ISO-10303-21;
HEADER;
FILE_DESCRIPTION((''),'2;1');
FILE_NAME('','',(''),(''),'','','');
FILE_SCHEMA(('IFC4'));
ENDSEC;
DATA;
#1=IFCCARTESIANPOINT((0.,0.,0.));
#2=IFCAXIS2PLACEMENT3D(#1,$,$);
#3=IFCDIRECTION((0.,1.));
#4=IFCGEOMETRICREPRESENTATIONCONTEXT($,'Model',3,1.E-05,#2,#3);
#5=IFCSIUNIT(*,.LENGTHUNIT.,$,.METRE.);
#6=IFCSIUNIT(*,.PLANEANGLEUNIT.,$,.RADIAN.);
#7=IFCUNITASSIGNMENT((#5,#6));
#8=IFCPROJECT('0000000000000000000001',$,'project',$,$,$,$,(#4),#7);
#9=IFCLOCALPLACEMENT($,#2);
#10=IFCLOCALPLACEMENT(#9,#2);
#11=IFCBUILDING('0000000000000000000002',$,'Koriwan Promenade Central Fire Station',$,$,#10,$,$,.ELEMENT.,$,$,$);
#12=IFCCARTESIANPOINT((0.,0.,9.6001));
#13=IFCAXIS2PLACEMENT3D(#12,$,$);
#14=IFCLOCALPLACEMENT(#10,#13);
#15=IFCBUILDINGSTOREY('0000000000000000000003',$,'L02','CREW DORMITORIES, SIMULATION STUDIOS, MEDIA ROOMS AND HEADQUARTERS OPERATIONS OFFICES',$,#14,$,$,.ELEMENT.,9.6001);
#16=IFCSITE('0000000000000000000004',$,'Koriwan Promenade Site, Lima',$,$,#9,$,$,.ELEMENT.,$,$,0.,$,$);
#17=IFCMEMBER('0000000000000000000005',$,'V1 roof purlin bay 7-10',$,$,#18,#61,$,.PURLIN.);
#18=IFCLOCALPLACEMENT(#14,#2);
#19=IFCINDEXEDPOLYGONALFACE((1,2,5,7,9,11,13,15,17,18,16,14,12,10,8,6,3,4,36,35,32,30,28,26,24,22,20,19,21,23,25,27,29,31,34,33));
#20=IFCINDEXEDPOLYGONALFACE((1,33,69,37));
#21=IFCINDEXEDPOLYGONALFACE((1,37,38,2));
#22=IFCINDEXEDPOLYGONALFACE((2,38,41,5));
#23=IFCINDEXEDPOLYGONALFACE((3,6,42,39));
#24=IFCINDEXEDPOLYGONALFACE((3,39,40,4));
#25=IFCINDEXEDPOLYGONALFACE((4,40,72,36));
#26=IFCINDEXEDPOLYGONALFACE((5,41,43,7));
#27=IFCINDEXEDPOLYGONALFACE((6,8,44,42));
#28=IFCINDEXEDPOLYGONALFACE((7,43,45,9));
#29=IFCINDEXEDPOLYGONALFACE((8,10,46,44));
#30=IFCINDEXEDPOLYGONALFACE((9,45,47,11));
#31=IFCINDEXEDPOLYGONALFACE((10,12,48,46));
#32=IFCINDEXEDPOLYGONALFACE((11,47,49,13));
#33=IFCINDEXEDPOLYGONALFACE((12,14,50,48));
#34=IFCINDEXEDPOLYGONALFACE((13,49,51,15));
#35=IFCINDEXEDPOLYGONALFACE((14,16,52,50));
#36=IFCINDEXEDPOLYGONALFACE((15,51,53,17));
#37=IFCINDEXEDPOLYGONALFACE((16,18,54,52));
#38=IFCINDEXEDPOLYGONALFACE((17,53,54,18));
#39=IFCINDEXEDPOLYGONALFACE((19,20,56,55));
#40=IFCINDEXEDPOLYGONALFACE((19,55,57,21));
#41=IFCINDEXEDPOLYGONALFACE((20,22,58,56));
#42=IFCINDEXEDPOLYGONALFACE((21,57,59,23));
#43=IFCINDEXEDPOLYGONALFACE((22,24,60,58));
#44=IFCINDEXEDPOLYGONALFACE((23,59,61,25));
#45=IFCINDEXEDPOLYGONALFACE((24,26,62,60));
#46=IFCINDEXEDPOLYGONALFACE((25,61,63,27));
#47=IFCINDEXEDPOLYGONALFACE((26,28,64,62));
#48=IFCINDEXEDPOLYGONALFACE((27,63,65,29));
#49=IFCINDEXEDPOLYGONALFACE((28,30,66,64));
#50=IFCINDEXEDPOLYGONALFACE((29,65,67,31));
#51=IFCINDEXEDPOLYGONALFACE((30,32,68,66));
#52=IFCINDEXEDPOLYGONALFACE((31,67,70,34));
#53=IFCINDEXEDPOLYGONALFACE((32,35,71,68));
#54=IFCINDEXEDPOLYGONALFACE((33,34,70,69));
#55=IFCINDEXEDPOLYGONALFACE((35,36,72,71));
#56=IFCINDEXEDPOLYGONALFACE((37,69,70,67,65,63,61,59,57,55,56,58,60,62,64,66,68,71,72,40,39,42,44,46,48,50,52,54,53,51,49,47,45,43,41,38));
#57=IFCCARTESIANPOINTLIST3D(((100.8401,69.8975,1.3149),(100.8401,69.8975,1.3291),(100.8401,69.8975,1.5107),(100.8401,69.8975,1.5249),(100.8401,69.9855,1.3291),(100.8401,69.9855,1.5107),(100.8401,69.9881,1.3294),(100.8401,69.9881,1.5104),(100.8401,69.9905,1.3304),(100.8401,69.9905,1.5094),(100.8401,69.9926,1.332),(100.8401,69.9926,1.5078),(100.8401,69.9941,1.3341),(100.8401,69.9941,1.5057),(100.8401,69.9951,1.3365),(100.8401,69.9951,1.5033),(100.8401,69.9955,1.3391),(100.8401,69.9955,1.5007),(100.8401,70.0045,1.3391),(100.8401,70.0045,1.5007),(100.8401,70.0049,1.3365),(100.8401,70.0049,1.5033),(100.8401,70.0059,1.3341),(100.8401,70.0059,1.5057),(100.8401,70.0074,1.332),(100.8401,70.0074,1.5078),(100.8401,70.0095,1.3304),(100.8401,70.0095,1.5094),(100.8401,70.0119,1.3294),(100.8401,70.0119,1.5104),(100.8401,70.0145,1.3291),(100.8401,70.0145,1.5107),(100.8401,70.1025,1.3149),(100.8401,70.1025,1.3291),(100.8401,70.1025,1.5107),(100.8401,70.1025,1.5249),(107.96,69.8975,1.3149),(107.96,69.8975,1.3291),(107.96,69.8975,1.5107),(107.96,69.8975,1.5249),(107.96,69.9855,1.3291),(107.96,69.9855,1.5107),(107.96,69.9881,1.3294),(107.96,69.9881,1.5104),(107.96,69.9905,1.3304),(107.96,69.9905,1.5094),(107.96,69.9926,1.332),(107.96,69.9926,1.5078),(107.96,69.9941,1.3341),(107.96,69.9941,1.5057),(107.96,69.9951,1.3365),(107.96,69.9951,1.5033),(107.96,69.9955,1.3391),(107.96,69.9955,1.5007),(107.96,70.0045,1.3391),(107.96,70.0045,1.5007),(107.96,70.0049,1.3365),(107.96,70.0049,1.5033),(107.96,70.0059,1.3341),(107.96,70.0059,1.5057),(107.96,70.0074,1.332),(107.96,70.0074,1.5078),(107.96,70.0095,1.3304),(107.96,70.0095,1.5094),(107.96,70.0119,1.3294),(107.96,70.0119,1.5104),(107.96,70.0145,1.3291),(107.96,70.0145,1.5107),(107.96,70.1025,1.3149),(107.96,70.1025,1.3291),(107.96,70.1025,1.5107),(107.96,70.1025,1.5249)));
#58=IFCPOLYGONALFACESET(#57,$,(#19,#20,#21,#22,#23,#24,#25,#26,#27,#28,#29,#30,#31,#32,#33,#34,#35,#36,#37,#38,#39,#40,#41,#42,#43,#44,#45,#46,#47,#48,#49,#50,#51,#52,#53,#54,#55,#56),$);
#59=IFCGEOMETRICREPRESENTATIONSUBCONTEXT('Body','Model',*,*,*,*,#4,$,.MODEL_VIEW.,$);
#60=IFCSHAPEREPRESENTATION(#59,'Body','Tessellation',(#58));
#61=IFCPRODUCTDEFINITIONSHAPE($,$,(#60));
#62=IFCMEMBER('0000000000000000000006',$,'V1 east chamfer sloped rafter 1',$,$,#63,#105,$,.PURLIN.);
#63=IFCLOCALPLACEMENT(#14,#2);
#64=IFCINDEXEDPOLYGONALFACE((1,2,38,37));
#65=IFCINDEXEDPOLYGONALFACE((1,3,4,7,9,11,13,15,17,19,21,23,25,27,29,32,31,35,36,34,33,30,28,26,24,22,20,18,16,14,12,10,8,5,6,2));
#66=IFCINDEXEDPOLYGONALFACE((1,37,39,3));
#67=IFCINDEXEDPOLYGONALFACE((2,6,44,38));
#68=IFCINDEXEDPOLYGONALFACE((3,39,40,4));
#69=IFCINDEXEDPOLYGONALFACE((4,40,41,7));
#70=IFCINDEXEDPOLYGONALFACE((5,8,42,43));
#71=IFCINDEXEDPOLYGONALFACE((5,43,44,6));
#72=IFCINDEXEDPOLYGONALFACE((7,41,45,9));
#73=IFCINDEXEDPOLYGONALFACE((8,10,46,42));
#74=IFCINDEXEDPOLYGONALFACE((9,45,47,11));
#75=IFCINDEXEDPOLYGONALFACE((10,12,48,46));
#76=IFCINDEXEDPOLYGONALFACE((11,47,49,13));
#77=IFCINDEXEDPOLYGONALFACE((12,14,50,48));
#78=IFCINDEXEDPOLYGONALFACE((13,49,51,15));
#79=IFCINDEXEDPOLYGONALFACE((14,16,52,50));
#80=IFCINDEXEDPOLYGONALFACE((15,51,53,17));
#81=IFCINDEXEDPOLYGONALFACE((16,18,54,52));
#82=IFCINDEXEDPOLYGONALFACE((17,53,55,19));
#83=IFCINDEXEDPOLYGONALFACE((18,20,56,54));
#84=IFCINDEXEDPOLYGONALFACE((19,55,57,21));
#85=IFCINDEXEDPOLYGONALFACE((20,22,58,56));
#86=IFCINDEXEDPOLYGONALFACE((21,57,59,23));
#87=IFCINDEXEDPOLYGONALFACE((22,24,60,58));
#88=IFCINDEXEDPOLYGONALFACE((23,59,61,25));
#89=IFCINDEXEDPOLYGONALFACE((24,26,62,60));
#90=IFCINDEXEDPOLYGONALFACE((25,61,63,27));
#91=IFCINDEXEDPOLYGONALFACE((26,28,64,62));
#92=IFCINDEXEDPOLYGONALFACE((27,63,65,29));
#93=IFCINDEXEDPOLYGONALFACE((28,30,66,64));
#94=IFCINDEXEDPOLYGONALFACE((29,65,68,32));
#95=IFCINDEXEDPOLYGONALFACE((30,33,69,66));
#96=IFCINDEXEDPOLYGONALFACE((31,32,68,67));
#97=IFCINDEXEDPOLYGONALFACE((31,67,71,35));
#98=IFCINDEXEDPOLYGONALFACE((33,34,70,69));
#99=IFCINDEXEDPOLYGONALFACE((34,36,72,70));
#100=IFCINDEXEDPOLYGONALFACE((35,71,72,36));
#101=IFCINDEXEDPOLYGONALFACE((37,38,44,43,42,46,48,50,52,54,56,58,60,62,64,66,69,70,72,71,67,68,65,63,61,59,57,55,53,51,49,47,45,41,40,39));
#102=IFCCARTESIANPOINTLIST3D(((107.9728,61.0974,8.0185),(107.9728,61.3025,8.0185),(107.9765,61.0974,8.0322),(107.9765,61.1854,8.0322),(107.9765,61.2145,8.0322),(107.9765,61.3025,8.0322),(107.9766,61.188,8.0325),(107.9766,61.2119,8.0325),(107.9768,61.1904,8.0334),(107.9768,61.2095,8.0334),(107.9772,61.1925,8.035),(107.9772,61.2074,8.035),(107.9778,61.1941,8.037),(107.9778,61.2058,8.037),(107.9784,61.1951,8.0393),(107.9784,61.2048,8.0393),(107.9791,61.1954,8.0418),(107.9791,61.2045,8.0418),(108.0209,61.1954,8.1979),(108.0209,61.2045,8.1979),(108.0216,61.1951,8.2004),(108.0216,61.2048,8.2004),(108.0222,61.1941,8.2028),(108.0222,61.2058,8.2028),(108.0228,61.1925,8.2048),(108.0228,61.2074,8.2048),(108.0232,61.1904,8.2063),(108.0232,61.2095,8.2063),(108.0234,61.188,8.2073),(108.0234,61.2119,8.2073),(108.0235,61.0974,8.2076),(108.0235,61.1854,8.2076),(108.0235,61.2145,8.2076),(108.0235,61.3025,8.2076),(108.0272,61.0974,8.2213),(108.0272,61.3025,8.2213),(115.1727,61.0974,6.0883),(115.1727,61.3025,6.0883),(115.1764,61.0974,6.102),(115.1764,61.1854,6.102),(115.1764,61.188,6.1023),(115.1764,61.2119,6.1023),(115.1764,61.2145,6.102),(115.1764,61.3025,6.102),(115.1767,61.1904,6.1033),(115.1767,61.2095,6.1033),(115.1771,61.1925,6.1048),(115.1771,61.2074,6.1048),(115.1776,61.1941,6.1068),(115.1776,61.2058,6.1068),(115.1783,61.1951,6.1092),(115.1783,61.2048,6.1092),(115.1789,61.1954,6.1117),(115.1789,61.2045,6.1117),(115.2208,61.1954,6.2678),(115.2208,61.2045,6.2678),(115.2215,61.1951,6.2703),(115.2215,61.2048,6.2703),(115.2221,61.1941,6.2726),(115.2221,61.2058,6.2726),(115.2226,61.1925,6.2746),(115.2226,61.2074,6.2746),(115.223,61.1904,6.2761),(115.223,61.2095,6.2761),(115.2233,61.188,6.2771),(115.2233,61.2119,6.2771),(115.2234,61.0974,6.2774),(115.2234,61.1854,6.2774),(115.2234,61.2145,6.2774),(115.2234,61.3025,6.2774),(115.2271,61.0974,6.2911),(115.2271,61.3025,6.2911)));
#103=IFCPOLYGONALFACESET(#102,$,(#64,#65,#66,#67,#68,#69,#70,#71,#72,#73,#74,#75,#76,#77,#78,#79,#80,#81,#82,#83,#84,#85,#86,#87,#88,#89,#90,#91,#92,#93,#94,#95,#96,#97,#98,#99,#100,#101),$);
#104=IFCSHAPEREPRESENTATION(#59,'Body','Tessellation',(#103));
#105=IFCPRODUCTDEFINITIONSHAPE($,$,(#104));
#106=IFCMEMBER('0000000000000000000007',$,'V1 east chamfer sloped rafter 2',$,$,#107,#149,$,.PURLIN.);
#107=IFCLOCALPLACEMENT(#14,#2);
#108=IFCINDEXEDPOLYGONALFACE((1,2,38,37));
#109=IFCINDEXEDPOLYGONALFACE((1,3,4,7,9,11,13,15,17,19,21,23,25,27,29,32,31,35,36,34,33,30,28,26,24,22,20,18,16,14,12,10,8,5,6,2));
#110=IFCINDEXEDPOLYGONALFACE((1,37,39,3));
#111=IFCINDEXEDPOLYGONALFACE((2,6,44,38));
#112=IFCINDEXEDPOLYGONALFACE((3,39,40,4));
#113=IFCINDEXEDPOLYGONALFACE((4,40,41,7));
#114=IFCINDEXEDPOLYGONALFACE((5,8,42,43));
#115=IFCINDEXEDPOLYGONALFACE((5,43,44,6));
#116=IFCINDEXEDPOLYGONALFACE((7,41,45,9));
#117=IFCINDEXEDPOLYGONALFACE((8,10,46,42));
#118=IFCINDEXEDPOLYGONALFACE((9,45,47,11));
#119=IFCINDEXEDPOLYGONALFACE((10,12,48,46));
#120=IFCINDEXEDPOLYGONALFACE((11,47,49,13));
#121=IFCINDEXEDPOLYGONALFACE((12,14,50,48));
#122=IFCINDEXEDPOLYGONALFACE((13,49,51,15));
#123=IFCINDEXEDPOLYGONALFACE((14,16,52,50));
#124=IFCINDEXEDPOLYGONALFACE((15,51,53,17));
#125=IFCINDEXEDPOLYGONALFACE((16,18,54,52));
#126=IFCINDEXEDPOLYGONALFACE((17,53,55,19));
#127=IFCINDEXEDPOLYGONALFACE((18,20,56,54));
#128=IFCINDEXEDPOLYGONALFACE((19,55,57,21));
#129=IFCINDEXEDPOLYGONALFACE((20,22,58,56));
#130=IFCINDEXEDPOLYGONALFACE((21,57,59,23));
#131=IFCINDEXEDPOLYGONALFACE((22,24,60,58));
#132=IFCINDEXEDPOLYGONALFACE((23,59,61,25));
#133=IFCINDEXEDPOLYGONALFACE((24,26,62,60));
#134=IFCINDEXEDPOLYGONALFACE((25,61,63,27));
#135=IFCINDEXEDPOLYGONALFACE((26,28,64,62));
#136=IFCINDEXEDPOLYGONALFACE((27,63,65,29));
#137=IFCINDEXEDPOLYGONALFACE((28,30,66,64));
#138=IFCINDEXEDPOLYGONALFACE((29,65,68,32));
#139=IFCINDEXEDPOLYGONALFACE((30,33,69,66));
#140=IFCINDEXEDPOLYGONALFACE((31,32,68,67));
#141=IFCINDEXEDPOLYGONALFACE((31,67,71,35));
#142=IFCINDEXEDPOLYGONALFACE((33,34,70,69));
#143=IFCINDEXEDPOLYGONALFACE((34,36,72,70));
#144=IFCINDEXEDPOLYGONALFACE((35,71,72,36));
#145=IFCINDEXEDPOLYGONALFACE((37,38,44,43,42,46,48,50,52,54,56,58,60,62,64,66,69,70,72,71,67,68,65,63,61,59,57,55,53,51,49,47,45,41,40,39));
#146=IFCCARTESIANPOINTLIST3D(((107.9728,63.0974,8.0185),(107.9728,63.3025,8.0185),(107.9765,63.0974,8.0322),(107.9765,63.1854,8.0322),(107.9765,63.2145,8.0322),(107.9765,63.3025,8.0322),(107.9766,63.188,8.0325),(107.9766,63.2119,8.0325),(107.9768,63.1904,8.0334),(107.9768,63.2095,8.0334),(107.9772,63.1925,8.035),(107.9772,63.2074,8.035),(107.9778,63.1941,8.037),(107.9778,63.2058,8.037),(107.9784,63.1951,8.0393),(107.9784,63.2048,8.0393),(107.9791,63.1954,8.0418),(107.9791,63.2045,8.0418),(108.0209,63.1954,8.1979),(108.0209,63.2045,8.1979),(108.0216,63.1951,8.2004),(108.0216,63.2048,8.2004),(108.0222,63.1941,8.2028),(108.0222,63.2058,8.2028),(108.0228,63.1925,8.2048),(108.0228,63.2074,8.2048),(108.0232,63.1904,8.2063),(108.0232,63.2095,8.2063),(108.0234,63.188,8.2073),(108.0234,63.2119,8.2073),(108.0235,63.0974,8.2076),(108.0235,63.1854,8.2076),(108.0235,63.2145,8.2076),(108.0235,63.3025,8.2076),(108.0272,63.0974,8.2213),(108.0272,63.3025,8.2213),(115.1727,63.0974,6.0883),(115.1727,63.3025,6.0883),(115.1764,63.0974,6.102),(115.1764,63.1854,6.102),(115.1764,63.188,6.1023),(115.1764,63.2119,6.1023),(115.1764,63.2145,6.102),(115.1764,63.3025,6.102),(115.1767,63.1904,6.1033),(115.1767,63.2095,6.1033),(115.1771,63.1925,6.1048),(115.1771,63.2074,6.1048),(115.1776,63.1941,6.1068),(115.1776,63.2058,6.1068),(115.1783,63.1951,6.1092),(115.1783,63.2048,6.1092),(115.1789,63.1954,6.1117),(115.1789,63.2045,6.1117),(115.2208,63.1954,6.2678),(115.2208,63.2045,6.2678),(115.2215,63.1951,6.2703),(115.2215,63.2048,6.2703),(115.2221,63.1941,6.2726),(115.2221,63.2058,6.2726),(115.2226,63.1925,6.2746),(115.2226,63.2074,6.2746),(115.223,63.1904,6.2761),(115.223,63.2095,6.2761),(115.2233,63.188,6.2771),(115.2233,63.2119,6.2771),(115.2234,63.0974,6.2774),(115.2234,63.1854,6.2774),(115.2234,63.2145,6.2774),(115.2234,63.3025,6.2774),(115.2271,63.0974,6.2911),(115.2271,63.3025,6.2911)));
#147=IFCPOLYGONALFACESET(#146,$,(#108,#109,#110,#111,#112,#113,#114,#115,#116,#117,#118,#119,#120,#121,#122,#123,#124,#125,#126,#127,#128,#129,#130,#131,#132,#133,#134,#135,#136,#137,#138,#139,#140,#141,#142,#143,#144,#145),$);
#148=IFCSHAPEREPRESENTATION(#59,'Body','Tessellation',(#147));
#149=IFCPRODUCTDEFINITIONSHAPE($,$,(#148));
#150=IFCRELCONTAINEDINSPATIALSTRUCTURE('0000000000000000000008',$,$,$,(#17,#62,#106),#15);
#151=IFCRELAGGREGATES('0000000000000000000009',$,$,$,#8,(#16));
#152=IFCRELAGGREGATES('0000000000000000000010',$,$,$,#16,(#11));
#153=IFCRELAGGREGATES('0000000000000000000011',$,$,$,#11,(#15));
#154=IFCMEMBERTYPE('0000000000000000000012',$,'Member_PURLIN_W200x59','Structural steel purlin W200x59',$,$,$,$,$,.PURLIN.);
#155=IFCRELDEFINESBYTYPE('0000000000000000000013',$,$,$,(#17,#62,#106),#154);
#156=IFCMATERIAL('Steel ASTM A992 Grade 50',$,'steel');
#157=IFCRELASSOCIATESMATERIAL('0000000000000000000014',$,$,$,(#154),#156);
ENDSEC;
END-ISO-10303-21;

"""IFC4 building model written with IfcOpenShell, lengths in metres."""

from ifc_helpers import new_model, si_unit, direction, frame, origin, origin_2d, place, context, subcontext, project, spatial, i_section, extrude, material, material_profile, profile_set, type_object, element, save


model = new_model("IFC4")

# Units and contexts
model_context = context("Model", 3, precision=1e-05, world=origin(), true_north=direction((0.0, 1.0)))
body_context = subcontext(model_context, "Body", "Model", "MODEL_VIEW")
ifc_project = project(units=[si_unit("LENGTHUNIT", "METRE"), si_unit("PLANEANGLEUNIT", "RADIAN")], contexts=[model_context])

# Site, building, storey
site_placement = place(None, origin())
site = spatial("IfcSite", under=ifc_project, at=site_placement, Name="Koriwan Promenade Site, Lima", CompositionType="ELEMENT", RefElevation=0.0)
building_placement = place(site_placement, origin())
building = spatial("IfcBuilding", under=site, at=building_placement, Name="Koriwan Promenade Central Fire Station", CompositionType="ELEMENT")
storey_placement = place(building_placement, frame((0.0, 0.0, 9.6001)))
storey = spatial("IfcBuildingStorey", under=building, at=storey_placement, Name="L02", Description="CREW DORMITORIES, SIMULATION STUDIOS, MEDIA ROOMS AND HEADQUARTERS OPERATIONS OFFICES", CompositionType="ELEMENT", Elevation=9.6001)

# Members
ifc_material_1 = material(Name="Steel ASTM A992 Grade 50", Category="steel")
ifc_material_profile_1 = material_profile(ifc_material_1, i_section(OverallWidth=0.2051, OverallDepth=0.21, WebThickness=0.009, FlangeThickness=0.0142, FilletRadius=0.01, at=origin_2d()), Name="W200x59")
ifc_profile_set_1 = profile_set([ifc_material_profile_1], Name="Steel ASTM A992 Grade 50")
member_type_1 = type_object("IfcMemberType", Name="Member_PURLIN_W200x59", Description="Structural steel purlin W200x59", PredefinedType="PURLIN", material=ifc_profile_set_1)
for number, where, z_axis, x_axis, name in (
    (1, (100.8401, 70.0, 1.4199), (1.0, 0.0, 0.0), (0.0, 1.0, 0.0), "V1 roof purlin bay 7-10"),
):
    element("IfcMember", number, at=place(storey_placement, frame(where, z_axis=z_axis, x_axis=x_axis)), inside=storey, type_object=member_type_1, Name=name, PredefinedType="PURLIN", context=body_context, shape_type="SweptSolid", body=[
        extrude(i_section(OverallWidth=0.2051, OverallDepth=0.21, WebThickness=0.009, FlangeThickness=0.0142, FilletRadius=0.01, at=origin_2d()), origin(), (0.0, 0.0, 1.0), 7.1199),
    ])
for number, where, z_axis, x_axis, name in (
    (2, (108.0, 61.2, 8.1199), (0.965894, 0.0, -0.258939), (0.0, 1.0, 0.0), "V1 east chamfer sloped rafter 1"),
    (3, (108.0, 63.2, 8.1199), (0.965894, 0.0, -0.258939), (0.0, 1.0, 0.0), "V1 east chamfer sloped rafter 2"),
):
    element("IfcMember", number, at=place(storey_placement, frame(where, z_axis=z_axis, x_axis=x_axis)), inside=storey, type_object=member_type_1, Name=name, PredefinedType="PURLIN", context=body_context, shape_type="SweptSolid", body=[
        extrude(i_section(OverallWidth=0.2051, OverallDepth=0.21, WebThickness=0.009, FlangeThickness=0.0142, FilletRadius=0.01, at=origin_2d()), origin(), (0.0, 0.0, 1.0), 7.4541),
    ])

save(model, "model.ifc")
